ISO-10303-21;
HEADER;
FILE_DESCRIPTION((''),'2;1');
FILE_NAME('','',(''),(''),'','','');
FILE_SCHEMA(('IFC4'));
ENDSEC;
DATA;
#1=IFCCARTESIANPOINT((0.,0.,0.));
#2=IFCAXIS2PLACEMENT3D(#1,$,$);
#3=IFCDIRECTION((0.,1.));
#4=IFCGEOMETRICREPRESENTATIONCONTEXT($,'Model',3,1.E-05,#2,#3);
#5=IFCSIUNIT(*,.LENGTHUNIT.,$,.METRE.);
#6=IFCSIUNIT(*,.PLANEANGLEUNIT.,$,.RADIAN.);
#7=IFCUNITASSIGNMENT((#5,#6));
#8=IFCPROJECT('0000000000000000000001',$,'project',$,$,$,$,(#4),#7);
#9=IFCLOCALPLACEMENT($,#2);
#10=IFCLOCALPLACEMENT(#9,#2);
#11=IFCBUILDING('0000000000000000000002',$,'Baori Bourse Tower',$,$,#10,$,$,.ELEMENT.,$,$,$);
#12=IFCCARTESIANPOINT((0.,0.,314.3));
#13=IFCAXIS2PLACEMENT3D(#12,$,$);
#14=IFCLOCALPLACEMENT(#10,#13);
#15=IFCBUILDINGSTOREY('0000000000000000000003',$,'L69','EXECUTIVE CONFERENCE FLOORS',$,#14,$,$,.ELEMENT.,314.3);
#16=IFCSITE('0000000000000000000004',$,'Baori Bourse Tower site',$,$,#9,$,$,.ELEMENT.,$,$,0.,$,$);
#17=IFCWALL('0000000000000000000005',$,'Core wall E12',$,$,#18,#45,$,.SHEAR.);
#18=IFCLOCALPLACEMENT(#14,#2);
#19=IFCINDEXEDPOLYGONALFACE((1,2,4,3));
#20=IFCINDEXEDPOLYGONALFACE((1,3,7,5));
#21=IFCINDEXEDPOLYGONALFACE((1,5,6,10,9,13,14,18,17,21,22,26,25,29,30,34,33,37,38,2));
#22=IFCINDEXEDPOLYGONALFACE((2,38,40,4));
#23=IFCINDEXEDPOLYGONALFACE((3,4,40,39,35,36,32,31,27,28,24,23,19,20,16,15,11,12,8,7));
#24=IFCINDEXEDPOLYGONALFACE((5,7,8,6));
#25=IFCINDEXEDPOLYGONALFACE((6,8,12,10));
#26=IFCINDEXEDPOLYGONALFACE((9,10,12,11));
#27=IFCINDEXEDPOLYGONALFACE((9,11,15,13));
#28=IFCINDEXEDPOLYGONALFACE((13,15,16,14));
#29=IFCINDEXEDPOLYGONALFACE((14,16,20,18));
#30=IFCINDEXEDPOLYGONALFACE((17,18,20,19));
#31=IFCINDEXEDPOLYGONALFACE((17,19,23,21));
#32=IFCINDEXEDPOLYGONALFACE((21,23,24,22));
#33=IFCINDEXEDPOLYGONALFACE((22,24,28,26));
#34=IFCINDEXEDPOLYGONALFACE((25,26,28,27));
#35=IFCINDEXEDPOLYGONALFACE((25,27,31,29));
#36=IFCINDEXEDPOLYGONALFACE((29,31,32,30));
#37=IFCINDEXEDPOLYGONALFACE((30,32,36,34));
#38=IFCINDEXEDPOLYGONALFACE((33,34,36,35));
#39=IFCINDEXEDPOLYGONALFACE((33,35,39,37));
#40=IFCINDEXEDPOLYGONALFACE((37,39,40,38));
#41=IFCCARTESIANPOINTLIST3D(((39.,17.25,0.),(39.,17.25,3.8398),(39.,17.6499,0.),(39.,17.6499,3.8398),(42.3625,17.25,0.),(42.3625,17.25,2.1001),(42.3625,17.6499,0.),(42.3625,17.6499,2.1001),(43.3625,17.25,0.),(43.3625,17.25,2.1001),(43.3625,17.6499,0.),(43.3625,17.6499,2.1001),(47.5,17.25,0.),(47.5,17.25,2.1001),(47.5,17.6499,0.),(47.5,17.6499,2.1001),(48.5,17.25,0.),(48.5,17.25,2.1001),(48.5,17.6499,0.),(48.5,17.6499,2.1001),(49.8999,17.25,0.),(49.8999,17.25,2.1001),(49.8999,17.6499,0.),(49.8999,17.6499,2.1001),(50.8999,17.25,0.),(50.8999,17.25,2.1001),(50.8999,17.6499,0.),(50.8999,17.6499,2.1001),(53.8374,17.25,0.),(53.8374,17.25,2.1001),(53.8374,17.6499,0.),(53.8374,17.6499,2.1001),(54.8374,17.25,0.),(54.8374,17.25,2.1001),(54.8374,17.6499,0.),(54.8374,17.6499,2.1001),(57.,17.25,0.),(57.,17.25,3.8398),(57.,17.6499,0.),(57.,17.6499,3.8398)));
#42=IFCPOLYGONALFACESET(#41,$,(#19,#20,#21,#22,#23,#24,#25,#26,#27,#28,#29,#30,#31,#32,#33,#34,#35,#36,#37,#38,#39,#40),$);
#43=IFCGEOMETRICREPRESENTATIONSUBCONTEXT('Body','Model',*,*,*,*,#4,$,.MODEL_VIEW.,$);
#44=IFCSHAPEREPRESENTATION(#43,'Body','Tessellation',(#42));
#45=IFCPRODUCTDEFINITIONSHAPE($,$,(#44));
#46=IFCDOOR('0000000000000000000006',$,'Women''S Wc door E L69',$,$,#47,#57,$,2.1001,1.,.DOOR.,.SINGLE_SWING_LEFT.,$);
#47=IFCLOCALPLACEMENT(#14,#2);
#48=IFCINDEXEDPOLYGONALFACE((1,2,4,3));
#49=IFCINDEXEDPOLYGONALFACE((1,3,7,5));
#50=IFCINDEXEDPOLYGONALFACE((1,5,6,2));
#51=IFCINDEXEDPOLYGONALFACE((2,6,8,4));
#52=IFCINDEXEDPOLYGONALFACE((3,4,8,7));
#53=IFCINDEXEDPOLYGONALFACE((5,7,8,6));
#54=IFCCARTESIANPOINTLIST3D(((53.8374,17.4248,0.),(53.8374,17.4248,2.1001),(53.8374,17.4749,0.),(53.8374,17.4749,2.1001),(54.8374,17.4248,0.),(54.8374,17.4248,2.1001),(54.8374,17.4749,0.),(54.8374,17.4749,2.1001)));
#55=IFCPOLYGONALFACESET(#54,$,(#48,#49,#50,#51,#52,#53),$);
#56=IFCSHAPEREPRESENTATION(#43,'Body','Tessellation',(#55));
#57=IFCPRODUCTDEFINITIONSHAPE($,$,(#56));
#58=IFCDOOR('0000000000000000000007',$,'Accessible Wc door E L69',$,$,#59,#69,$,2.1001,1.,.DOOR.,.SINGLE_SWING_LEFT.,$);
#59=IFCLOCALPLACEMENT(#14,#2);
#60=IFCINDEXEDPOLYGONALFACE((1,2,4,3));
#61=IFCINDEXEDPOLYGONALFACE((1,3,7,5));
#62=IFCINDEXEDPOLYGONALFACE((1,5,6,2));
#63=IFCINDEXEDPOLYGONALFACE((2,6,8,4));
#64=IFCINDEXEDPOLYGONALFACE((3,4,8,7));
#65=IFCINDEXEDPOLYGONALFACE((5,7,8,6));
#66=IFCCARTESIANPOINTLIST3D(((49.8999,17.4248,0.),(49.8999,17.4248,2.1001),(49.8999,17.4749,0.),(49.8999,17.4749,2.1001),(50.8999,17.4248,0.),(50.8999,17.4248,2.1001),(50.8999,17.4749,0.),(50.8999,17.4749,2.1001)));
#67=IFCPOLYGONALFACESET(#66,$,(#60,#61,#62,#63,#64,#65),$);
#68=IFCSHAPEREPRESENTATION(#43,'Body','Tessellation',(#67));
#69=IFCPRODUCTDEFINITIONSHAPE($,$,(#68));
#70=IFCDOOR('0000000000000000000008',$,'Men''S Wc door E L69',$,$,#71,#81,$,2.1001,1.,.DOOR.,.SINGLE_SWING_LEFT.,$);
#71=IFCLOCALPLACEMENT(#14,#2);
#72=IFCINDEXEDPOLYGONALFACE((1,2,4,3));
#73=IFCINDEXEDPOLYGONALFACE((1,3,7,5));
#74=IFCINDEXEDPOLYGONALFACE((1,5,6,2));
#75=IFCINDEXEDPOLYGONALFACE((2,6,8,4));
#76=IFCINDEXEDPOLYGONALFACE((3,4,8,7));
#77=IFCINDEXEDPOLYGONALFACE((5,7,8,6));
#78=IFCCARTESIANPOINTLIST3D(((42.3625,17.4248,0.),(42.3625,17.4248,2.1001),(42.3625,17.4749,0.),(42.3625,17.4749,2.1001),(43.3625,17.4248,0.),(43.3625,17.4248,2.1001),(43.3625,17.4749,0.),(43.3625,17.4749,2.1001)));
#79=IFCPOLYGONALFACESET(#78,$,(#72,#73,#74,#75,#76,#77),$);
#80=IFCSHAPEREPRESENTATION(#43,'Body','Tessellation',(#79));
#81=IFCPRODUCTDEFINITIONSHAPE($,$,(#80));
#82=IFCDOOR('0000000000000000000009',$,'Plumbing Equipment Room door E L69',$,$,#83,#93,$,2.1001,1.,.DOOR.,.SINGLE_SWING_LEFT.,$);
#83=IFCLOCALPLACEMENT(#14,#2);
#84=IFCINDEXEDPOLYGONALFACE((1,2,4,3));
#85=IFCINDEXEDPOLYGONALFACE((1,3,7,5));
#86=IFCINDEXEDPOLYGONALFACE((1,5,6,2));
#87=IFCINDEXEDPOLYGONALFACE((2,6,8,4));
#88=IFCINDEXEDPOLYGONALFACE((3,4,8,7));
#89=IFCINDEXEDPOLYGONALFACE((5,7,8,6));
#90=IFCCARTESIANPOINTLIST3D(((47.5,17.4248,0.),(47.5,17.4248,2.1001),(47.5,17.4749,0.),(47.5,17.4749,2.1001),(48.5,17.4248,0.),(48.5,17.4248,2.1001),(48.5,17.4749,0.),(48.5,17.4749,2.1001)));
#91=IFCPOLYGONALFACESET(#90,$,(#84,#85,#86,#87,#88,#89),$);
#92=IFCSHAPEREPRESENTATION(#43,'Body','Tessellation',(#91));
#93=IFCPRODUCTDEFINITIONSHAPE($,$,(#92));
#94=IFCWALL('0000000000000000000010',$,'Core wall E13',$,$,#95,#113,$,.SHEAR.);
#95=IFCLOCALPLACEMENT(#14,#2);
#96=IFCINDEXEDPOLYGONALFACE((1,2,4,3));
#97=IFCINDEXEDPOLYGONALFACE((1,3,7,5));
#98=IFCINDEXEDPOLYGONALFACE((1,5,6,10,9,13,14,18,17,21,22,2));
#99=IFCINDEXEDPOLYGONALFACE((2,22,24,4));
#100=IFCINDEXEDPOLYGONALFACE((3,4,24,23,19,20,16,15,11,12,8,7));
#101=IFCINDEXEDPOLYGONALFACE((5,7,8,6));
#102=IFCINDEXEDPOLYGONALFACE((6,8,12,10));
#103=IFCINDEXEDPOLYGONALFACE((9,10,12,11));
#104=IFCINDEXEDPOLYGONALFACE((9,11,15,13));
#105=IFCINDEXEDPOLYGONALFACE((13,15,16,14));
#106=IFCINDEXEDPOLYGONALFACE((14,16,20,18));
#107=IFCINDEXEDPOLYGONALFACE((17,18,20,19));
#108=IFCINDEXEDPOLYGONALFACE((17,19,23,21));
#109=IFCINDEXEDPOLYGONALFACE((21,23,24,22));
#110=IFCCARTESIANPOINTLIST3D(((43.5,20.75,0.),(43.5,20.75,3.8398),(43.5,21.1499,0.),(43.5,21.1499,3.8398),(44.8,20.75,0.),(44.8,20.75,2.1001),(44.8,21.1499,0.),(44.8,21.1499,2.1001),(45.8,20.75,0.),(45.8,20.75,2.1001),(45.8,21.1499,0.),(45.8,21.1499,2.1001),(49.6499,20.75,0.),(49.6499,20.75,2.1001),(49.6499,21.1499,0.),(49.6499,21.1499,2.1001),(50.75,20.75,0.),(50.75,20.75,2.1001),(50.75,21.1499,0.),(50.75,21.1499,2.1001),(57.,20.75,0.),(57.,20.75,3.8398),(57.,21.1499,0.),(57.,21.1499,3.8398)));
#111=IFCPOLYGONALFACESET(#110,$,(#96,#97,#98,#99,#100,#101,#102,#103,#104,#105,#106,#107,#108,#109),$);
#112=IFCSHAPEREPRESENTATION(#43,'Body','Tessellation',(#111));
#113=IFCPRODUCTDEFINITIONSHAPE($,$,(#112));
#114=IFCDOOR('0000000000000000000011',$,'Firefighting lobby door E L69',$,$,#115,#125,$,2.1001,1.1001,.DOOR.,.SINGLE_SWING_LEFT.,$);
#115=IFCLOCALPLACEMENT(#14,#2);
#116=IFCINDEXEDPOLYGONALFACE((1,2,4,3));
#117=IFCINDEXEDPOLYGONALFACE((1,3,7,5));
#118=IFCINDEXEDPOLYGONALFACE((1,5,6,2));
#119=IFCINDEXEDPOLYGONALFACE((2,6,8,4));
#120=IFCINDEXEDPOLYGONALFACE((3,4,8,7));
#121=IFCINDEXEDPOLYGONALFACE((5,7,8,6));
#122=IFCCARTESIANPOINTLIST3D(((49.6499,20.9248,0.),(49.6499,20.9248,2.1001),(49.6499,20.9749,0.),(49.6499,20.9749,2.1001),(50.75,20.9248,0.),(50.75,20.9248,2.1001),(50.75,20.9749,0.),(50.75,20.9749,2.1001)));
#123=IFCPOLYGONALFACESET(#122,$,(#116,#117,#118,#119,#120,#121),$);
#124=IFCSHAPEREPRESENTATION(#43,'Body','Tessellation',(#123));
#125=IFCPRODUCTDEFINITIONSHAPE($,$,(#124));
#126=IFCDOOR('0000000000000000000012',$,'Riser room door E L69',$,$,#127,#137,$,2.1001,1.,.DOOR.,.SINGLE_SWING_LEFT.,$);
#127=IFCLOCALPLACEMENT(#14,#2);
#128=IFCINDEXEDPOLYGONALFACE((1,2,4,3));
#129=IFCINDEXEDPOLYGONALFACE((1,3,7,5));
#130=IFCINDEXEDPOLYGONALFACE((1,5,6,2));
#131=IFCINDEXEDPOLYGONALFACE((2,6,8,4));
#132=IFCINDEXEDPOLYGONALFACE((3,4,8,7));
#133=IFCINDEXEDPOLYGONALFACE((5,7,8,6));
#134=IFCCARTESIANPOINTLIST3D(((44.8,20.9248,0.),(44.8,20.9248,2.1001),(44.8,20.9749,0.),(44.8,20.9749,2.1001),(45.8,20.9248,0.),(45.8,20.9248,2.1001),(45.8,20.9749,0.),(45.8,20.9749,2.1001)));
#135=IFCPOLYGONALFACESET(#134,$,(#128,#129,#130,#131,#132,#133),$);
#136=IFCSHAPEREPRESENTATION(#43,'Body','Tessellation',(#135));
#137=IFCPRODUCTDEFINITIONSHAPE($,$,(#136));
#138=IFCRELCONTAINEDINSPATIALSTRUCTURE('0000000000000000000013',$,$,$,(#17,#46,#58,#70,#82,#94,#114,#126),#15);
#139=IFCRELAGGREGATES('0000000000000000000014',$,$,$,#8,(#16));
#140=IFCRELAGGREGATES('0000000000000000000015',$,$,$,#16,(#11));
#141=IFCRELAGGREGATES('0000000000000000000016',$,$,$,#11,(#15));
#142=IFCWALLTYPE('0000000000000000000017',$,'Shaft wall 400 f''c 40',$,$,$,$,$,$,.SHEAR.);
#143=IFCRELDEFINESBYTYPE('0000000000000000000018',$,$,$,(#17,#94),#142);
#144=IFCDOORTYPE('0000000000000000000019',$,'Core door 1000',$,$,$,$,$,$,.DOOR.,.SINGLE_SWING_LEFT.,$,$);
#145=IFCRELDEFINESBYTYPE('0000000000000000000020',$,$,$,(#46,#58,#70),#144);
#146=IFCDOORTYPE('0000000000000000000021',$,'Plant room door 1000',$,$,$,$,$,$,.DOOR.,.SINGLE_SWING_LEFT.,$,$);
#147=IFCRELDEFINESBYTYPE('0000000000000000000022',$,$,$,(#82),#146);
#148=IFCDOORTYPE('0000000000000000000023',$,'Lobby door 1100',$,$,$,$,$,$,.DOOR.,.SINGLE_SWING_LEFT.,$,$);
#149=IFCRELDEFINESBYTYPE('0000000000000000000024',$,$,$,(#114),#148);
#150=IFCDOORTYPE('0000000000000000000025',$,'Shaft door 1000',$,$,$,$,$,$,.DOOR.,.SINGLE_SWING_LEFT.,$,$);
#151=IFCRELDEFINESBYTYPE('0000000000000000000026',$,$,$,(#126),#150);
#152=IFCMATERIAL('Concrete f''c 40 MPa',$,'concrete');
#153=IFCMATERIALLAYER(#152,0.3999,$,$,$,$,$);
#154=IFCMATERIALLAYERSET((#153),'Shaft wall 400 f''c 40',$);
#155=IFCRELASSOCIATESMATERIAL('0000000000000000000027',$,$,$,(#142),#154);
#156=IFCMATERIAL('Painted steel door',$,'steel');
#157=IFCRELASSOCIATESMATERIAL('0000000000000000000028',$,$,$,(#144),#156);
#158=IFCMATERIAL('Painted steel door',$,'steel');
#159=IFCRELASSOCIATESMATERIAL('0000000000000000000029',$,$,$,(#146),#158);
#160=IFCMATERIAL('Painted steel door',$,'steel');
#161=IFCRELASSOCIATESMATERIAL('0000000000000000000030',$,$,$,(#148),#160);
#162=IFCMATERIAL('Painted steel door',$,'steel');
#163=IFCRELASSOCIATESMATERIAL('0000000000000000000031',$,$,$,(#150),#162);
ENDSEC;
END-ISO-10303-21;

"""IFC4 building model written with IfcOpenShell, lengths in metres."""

from ifc_helpers import new_model, si_unit, direction, frame, frame_2d, origin, place, context, subcontext, project, spatial, rectangle, extrude, material, layer, layer_set, type_object, element, fill, save


model = new_model("IFC4")

# Units and contexts
model_context = context("Model", 3, precision=1e-05, world=origin(), true_north=direction((0.0, 1.0)))
body_context = subcontext(model_context, "Body", "Model", "MODEL_VIEW")
ifc_project = project(units=[si_unit("LENGTHUNIT", "METRE"), si_unit("PLANEANGLEUNIT", "RADIAN")], contexts=[model_context])

# Site, building, storey
site_placement = place(None, origin())
site = spatial("IfcSite", under=ifc_project, at=site_placement, Name="Baori Bourse Tower site", CompositionType="ELEMENT", RefElevation=0.0)
building_placement = place(site_placement, origin())
building = spatial("IfcBuilding", under=site, at=building_placement, Name="Baori Bourse Tower", CompositionType="ELEMENT")
storey_placement = place(building_placement, frame((0.0, 0.0, 314.3)))
storey = spatial("IfcBuildingStorey", under=building, at=storey_placement, Name="L69", Description="EXECUTIVE CONFERENCE FLOORS", CompositionType="ELEMENT", Elevation=314.3)

# Shared definitions
ifc_material_1 = material(Name="Concrete f'c 40 MPa", Category="concrete")
ifc_layer_1 = layer(ifc_material_1, 0.3999)
ifc_layer_set_1 = layer_set([ifc_layer_1], Name="Shaft wall 400 f'c 40")
wall_type_1 = type_object("IfcWallType", Name="Shaft wall 400 f'c 40", PredefinedType="SHEAR", material=ifc_layer_set_1)

# Walls, openings, doors
wall_1_placement = place(storey_placement, frame((39.0, 17.45, 0.0), z_axis=(0.0, 0.0, 1.0), x_axis=(1.0, 0.0, 0.0)))
wall_1 = element("IfcWall", 1, at=wall_1_placement, inside=storey, type_object=wall_type_1, Name="Core wall E12", PredefinedType="SHEAR", context=body_context, shape_type="SweptSolid", body=[
    extrude(rectangle(XDim=18.0, YDim=0.3999, at=frame_2d((9.0, 0.0))), origin(), (0.0, 0.0, 1.0), 3.8398),
])
opening_1_placement = place(wall_1_placement, frame((14.8374, 0.0, 0.0)))
opening_1 = element("IfcOpeningElement", 2, at=opening_1_placement, cuts=wall_1, PredefinedType="OPENING", context=body_context, shape_type="SweptSolid", body=[
    extrude(rectangle(XDim=1.0, YDim=2.1001, at=frame_2d((0.5, 1.05))), frame((0.0, 0.21, 0.0), z_axis=(0.0, -1.0, 0.0), x_axis=(1.0, 0.0, 0.0)), (0.0, 0.0, 1.0), 0.4199),
])
opening_2_placement = place(wall_1_placement, frame((10.8999, 0.0, 0.0)))
opening_2 = element("IfcOpeningElement", 3, at=opening_2_placement, cuts=wall_1, PredefinedType="OPENING", context=body_context, shape_type="SweptSolid", body=[
    extrude(rectangle(XDim=1.0, YDim=2.1001, at=frame_2d((0.5, 1.05))), frame((0.0, 0.21, 0.0), z_axis=(0.0, -1.0, 0.0), x_axis=(1.0, 0.0, 0.0)), (0.0, 0.0, 1.0), 0.4199),
])
opening_3_placement = place(wall_1_placement, frame((8.5, 0.0, 0.0)))
opening_3 = element("IfcOpeningElement", 4, at=opening_3_placement, cuts=wall_1, PredefinedType="OPENING", context=body_context, shape_type="SweptSolid", body=[
    extrude(rectangle(XDim=1.0, YDim=2.1001, at=frame_2d((0.5, 1.05))), frame((0.0, 0.21, 0.0), z_axis=(0.0, -1.0, 0.0), x_axis=(1.0, 0.0, 0.0)), (0.0, 0.0, 1.0), 0.4199),
])
opening_4_placement = place(wall_1_placement, frame((3.3625, 0.0, 0.0)))
opening_4 = element("IfcOpeningElement", 5, at=opening_4_placement, cuts=wall_1, PredefinedType="OPENING", context=body_context, shape_type="SweptSolid", body=[
    extrude(rectangle(XDim=1.0, YDim=2.1001, at=frame_2d((0.5, 1.05))), frame((0.0, 0.21, 0.0), z_axis=(0.0, -1.0, 0.0), x_axis=(1.0, 0.0, 0.0)), (0.0, 0.0, 1.0), 0.4199),
])
ifc_material_2 = material(Name="Painted steel door", Category="steel")
door_type_1 = type_object("IfcDoorType", Name="Core door 1000", OperationType="SINGLE_SWING_LEFT", PredefinedType="DOOR", material=ifc_material_2)
door_1_placement = place(opening_1_placement, origin())
door_1 = element("IfcDoor", 6, at=door_1_placement, inside=storey, type_object=door_type_1, Name="Women'S Wc door E L69", OperationType="SINGLE_SWING_LEFT", OverallHeight=2.1001, OverallWidth=1.0, PredefinedType="DOOR", context=body_context, shape_type="SweptSolid", body=[
    extrude(rectangle(XDim=1.0, YDim=2.1001, at=frame_2d((0.5, 1.05))), frame((0.0, 0.0249, 0.0), z_axis=(0.0, -1.0, 0.0), x_axis=(1.0, 0.0, 0.0)), (0.0, 0.0, 1.0), 0.05),
])
fill(opening_1, door_1)
door_2_placement = place(opening_2_placement, origin())
door_2 = element("IfcDoor", 7, at=door_2_placement, inside=storey, type_object=door_type_1, Name="Accessible Wc door E L69", OperationType="SINGLE_SWING_LEFT", OverallHeight=2.1001, OverallWidth=1.0, PredefinedType="DOOR", context=body_context, shape_type="SweptSolid", body=[
    extrude(rectangle(XDim=1.0, YDim=2.1001, at=frame_2d((0.5, 1.05))), frame((0.0, 0.0249, 0.0), z_axis=(0.0, -1.0, 0.0), x_axis=(1.0, 0.0, 0.0)), (0.0, 0.0, 1.0), 0.05),
])
fill(opening_2, door_2)
door_3_placement = place(opening_4_placement, origin())
door_3 = element("IfcDoor", 8, at=door_3_placement, inside=storey, type_object=door_type_1, Name="Men'S Wc door E L69", OperationType="SINGLE_SWING_LEFT", OverallHeight=2.1001, OverallWidth=1.0, PredefinedType="DOOR", context=body_context, shape_type="SweptSolid", body=[
    extrude(rectangle(XDim=1.0, YDim=2.1001, at=frame_2d((0.5, 1.05))), frame((0.0, 0.0249, 0.0), z_axis=(0.0, -1.0, 0.0), x_axis=(1.0, 0.0, 0.0)), (0.0, 0.0, 1.0), 0.05),
])
fill(opening_4, door_3)
ifc_material_3 = material(Name="Painted steel door", Category="steel")
door_type_2 = type_object("IfcDoorType", Name="Plant room door 1000", OperationType="SINGLE_SWING_LEFT", PredefinedType="DOOR", material=ifc_material_3)
door_4_placement = place(opening_3_placement, origin())
door_4 = element("IfcDoor", 9, at=door_4_placement, inside=storey, type_object=door_type_2, Name="Plumbing Equipment Room door E L69", OperationType="SINGLE_SWING_LEFT", OverallHeight=2.1001, OverallWidth=1.0, PredefinedType="DOOR", context=body_context, shape_type="SweptSolid", body=[
    extrude(rectangle(XDim=1.0, YDim=2.1001, at=frame_2d((0.5, 1.05))), frame((0.0, 0.0249, 0.0), z_axis=(0.0, -1.0, 0.0), x_axis=(1.0, 0.0, 0.0)), (0.0, 0.0, 1.0), 0.05),
])
fill(opening_3, door_4)
wall_2_placement = place(storey_placement, frame((43.5, 20.95, 0.0), z_axis=(0.0, 0.0, 1.0), x_axis=(1.0, 0.0, 0.0)))
wall_2 = element("IfcWall", 10, at=wall_2_placement, inside=storey, type_object=wall_type_1, Name="Core wall E13", PredefinedType="SHEAR", context=body_context, shape_type="SweptSolid", body=[
    extrude(rectangle(XDim=13.5, YDim=0.3999, at=frame_2d((6.75, 0.0))), origin(), (0.0, 0.0, 1.0), 3.8398),
])
opening_5_placement = place(wall_2_placement, frame((6.1499, 0.0, 0.0)))
opening_5 = element("IfcOpeningElement", 11, at=opening_5_placement, cuts=wall_2, PredefinedType="OPENING", context=body_context, shape_type="SweptSolid", body=[
    extrude(rectangle(XDim=1.1001, YDim=2.1001, at=frame_2d((0.55, 1.05))), frame((0.0, 0.21, 0.0), z_axis=(0.0, -1.0, 0.0), x_axis=(1.0, 0.0, 0.0)), (0.0, 0.0, 1.0), 0.4199),
])
opening_6_placement = place(wall_2_placement, frame((1.3, 0.0, 0.0)))
opening_6 = element("IfcOpeningElement", 12, at=opening_6_placement, cuts=wall_2, PredefinedType="OPENING", context=body_context, shape_type="SweptSolid", body=[
    extrude(rectangle(XDim=1.0, YDim=2.1001, at=frame_2d((0.5, 1.05))), frame((0.0, 0.21, 0.0), z_axis=(0.0, -1.0, 0.0), x_axis=(1.0, 0.0, 0.0)), (0.0, 0.0, 1.0), 0.4199),
])
ifc_material_4 = material(Name="Painted steel door", Category="steel")
door_type_3 = type_object("IfcDoorType", Name="Lobby door 1100", OperationType="SINGLE_SWING_LEFT", PredefinedType="DOOR", material=ifc_material_4)
door_5_placement = place(opening_5_placement, origin())
door_5 = element("IfcDoor", 13, at=door_5_placement, inside=storey, type_object=door_type_3, Name="Firefighting lobby door E L69", OperationType="SINGLE_SWING_LEFT", OverallHeight=2.1001, OverallWidth=1.1001, PredefinedType="DOOR", context=body_context, shape_type="SweptSolid", body=[
    extrude(rectangle(XDim=1.1001, YDim=2.1001, at=frame_2d((0.55, 1.05))), frame((0.0, 0.0249, 0.0), z_axis=(0.0, -1.0, 0.0), x_axis=(1.0, 0.0, 0.0)), (0.0, 0.0, 1.0), 0.05),
])
fill(opening_5, door_5)
ifc_material_5 = material(Name="Painted steel door", Category="steel")
door_type_4 = type_object("IfcDoorType", Name="Shaft door 1000", OperationType="SINGLE_SWING_LEFT", PredefinedType="DOOR", material=ifc_material_5)
door_6_placement = place(opening_6_placement, origin())
door_6 = element("IfcDoor", 14, at=door_6_placement, inside=storey, type_object=door_type_4, Name="Riser room door E L69", OperationType="SINGLE_SWING_LEFT", OverallHeight=2.1001, OverallWidth=1.0, PredefinedType="DOOR", context=body_context, shape_type="SweptSolid", body=[
    extrude(rectangle(XDim=1.0, YDim=2.1001, at=frame_2d((0.5, 1.05))), frame((0.0, 0.0249, 0.0), z_axis=(0.0, -1.0, 0.0), x_axis=(1.0, 0.0, 0.0)), (0.0, 0.0, 1.0), 0.05),
])
fill(opening_6, door_6)

save(model, "model.ifc")
